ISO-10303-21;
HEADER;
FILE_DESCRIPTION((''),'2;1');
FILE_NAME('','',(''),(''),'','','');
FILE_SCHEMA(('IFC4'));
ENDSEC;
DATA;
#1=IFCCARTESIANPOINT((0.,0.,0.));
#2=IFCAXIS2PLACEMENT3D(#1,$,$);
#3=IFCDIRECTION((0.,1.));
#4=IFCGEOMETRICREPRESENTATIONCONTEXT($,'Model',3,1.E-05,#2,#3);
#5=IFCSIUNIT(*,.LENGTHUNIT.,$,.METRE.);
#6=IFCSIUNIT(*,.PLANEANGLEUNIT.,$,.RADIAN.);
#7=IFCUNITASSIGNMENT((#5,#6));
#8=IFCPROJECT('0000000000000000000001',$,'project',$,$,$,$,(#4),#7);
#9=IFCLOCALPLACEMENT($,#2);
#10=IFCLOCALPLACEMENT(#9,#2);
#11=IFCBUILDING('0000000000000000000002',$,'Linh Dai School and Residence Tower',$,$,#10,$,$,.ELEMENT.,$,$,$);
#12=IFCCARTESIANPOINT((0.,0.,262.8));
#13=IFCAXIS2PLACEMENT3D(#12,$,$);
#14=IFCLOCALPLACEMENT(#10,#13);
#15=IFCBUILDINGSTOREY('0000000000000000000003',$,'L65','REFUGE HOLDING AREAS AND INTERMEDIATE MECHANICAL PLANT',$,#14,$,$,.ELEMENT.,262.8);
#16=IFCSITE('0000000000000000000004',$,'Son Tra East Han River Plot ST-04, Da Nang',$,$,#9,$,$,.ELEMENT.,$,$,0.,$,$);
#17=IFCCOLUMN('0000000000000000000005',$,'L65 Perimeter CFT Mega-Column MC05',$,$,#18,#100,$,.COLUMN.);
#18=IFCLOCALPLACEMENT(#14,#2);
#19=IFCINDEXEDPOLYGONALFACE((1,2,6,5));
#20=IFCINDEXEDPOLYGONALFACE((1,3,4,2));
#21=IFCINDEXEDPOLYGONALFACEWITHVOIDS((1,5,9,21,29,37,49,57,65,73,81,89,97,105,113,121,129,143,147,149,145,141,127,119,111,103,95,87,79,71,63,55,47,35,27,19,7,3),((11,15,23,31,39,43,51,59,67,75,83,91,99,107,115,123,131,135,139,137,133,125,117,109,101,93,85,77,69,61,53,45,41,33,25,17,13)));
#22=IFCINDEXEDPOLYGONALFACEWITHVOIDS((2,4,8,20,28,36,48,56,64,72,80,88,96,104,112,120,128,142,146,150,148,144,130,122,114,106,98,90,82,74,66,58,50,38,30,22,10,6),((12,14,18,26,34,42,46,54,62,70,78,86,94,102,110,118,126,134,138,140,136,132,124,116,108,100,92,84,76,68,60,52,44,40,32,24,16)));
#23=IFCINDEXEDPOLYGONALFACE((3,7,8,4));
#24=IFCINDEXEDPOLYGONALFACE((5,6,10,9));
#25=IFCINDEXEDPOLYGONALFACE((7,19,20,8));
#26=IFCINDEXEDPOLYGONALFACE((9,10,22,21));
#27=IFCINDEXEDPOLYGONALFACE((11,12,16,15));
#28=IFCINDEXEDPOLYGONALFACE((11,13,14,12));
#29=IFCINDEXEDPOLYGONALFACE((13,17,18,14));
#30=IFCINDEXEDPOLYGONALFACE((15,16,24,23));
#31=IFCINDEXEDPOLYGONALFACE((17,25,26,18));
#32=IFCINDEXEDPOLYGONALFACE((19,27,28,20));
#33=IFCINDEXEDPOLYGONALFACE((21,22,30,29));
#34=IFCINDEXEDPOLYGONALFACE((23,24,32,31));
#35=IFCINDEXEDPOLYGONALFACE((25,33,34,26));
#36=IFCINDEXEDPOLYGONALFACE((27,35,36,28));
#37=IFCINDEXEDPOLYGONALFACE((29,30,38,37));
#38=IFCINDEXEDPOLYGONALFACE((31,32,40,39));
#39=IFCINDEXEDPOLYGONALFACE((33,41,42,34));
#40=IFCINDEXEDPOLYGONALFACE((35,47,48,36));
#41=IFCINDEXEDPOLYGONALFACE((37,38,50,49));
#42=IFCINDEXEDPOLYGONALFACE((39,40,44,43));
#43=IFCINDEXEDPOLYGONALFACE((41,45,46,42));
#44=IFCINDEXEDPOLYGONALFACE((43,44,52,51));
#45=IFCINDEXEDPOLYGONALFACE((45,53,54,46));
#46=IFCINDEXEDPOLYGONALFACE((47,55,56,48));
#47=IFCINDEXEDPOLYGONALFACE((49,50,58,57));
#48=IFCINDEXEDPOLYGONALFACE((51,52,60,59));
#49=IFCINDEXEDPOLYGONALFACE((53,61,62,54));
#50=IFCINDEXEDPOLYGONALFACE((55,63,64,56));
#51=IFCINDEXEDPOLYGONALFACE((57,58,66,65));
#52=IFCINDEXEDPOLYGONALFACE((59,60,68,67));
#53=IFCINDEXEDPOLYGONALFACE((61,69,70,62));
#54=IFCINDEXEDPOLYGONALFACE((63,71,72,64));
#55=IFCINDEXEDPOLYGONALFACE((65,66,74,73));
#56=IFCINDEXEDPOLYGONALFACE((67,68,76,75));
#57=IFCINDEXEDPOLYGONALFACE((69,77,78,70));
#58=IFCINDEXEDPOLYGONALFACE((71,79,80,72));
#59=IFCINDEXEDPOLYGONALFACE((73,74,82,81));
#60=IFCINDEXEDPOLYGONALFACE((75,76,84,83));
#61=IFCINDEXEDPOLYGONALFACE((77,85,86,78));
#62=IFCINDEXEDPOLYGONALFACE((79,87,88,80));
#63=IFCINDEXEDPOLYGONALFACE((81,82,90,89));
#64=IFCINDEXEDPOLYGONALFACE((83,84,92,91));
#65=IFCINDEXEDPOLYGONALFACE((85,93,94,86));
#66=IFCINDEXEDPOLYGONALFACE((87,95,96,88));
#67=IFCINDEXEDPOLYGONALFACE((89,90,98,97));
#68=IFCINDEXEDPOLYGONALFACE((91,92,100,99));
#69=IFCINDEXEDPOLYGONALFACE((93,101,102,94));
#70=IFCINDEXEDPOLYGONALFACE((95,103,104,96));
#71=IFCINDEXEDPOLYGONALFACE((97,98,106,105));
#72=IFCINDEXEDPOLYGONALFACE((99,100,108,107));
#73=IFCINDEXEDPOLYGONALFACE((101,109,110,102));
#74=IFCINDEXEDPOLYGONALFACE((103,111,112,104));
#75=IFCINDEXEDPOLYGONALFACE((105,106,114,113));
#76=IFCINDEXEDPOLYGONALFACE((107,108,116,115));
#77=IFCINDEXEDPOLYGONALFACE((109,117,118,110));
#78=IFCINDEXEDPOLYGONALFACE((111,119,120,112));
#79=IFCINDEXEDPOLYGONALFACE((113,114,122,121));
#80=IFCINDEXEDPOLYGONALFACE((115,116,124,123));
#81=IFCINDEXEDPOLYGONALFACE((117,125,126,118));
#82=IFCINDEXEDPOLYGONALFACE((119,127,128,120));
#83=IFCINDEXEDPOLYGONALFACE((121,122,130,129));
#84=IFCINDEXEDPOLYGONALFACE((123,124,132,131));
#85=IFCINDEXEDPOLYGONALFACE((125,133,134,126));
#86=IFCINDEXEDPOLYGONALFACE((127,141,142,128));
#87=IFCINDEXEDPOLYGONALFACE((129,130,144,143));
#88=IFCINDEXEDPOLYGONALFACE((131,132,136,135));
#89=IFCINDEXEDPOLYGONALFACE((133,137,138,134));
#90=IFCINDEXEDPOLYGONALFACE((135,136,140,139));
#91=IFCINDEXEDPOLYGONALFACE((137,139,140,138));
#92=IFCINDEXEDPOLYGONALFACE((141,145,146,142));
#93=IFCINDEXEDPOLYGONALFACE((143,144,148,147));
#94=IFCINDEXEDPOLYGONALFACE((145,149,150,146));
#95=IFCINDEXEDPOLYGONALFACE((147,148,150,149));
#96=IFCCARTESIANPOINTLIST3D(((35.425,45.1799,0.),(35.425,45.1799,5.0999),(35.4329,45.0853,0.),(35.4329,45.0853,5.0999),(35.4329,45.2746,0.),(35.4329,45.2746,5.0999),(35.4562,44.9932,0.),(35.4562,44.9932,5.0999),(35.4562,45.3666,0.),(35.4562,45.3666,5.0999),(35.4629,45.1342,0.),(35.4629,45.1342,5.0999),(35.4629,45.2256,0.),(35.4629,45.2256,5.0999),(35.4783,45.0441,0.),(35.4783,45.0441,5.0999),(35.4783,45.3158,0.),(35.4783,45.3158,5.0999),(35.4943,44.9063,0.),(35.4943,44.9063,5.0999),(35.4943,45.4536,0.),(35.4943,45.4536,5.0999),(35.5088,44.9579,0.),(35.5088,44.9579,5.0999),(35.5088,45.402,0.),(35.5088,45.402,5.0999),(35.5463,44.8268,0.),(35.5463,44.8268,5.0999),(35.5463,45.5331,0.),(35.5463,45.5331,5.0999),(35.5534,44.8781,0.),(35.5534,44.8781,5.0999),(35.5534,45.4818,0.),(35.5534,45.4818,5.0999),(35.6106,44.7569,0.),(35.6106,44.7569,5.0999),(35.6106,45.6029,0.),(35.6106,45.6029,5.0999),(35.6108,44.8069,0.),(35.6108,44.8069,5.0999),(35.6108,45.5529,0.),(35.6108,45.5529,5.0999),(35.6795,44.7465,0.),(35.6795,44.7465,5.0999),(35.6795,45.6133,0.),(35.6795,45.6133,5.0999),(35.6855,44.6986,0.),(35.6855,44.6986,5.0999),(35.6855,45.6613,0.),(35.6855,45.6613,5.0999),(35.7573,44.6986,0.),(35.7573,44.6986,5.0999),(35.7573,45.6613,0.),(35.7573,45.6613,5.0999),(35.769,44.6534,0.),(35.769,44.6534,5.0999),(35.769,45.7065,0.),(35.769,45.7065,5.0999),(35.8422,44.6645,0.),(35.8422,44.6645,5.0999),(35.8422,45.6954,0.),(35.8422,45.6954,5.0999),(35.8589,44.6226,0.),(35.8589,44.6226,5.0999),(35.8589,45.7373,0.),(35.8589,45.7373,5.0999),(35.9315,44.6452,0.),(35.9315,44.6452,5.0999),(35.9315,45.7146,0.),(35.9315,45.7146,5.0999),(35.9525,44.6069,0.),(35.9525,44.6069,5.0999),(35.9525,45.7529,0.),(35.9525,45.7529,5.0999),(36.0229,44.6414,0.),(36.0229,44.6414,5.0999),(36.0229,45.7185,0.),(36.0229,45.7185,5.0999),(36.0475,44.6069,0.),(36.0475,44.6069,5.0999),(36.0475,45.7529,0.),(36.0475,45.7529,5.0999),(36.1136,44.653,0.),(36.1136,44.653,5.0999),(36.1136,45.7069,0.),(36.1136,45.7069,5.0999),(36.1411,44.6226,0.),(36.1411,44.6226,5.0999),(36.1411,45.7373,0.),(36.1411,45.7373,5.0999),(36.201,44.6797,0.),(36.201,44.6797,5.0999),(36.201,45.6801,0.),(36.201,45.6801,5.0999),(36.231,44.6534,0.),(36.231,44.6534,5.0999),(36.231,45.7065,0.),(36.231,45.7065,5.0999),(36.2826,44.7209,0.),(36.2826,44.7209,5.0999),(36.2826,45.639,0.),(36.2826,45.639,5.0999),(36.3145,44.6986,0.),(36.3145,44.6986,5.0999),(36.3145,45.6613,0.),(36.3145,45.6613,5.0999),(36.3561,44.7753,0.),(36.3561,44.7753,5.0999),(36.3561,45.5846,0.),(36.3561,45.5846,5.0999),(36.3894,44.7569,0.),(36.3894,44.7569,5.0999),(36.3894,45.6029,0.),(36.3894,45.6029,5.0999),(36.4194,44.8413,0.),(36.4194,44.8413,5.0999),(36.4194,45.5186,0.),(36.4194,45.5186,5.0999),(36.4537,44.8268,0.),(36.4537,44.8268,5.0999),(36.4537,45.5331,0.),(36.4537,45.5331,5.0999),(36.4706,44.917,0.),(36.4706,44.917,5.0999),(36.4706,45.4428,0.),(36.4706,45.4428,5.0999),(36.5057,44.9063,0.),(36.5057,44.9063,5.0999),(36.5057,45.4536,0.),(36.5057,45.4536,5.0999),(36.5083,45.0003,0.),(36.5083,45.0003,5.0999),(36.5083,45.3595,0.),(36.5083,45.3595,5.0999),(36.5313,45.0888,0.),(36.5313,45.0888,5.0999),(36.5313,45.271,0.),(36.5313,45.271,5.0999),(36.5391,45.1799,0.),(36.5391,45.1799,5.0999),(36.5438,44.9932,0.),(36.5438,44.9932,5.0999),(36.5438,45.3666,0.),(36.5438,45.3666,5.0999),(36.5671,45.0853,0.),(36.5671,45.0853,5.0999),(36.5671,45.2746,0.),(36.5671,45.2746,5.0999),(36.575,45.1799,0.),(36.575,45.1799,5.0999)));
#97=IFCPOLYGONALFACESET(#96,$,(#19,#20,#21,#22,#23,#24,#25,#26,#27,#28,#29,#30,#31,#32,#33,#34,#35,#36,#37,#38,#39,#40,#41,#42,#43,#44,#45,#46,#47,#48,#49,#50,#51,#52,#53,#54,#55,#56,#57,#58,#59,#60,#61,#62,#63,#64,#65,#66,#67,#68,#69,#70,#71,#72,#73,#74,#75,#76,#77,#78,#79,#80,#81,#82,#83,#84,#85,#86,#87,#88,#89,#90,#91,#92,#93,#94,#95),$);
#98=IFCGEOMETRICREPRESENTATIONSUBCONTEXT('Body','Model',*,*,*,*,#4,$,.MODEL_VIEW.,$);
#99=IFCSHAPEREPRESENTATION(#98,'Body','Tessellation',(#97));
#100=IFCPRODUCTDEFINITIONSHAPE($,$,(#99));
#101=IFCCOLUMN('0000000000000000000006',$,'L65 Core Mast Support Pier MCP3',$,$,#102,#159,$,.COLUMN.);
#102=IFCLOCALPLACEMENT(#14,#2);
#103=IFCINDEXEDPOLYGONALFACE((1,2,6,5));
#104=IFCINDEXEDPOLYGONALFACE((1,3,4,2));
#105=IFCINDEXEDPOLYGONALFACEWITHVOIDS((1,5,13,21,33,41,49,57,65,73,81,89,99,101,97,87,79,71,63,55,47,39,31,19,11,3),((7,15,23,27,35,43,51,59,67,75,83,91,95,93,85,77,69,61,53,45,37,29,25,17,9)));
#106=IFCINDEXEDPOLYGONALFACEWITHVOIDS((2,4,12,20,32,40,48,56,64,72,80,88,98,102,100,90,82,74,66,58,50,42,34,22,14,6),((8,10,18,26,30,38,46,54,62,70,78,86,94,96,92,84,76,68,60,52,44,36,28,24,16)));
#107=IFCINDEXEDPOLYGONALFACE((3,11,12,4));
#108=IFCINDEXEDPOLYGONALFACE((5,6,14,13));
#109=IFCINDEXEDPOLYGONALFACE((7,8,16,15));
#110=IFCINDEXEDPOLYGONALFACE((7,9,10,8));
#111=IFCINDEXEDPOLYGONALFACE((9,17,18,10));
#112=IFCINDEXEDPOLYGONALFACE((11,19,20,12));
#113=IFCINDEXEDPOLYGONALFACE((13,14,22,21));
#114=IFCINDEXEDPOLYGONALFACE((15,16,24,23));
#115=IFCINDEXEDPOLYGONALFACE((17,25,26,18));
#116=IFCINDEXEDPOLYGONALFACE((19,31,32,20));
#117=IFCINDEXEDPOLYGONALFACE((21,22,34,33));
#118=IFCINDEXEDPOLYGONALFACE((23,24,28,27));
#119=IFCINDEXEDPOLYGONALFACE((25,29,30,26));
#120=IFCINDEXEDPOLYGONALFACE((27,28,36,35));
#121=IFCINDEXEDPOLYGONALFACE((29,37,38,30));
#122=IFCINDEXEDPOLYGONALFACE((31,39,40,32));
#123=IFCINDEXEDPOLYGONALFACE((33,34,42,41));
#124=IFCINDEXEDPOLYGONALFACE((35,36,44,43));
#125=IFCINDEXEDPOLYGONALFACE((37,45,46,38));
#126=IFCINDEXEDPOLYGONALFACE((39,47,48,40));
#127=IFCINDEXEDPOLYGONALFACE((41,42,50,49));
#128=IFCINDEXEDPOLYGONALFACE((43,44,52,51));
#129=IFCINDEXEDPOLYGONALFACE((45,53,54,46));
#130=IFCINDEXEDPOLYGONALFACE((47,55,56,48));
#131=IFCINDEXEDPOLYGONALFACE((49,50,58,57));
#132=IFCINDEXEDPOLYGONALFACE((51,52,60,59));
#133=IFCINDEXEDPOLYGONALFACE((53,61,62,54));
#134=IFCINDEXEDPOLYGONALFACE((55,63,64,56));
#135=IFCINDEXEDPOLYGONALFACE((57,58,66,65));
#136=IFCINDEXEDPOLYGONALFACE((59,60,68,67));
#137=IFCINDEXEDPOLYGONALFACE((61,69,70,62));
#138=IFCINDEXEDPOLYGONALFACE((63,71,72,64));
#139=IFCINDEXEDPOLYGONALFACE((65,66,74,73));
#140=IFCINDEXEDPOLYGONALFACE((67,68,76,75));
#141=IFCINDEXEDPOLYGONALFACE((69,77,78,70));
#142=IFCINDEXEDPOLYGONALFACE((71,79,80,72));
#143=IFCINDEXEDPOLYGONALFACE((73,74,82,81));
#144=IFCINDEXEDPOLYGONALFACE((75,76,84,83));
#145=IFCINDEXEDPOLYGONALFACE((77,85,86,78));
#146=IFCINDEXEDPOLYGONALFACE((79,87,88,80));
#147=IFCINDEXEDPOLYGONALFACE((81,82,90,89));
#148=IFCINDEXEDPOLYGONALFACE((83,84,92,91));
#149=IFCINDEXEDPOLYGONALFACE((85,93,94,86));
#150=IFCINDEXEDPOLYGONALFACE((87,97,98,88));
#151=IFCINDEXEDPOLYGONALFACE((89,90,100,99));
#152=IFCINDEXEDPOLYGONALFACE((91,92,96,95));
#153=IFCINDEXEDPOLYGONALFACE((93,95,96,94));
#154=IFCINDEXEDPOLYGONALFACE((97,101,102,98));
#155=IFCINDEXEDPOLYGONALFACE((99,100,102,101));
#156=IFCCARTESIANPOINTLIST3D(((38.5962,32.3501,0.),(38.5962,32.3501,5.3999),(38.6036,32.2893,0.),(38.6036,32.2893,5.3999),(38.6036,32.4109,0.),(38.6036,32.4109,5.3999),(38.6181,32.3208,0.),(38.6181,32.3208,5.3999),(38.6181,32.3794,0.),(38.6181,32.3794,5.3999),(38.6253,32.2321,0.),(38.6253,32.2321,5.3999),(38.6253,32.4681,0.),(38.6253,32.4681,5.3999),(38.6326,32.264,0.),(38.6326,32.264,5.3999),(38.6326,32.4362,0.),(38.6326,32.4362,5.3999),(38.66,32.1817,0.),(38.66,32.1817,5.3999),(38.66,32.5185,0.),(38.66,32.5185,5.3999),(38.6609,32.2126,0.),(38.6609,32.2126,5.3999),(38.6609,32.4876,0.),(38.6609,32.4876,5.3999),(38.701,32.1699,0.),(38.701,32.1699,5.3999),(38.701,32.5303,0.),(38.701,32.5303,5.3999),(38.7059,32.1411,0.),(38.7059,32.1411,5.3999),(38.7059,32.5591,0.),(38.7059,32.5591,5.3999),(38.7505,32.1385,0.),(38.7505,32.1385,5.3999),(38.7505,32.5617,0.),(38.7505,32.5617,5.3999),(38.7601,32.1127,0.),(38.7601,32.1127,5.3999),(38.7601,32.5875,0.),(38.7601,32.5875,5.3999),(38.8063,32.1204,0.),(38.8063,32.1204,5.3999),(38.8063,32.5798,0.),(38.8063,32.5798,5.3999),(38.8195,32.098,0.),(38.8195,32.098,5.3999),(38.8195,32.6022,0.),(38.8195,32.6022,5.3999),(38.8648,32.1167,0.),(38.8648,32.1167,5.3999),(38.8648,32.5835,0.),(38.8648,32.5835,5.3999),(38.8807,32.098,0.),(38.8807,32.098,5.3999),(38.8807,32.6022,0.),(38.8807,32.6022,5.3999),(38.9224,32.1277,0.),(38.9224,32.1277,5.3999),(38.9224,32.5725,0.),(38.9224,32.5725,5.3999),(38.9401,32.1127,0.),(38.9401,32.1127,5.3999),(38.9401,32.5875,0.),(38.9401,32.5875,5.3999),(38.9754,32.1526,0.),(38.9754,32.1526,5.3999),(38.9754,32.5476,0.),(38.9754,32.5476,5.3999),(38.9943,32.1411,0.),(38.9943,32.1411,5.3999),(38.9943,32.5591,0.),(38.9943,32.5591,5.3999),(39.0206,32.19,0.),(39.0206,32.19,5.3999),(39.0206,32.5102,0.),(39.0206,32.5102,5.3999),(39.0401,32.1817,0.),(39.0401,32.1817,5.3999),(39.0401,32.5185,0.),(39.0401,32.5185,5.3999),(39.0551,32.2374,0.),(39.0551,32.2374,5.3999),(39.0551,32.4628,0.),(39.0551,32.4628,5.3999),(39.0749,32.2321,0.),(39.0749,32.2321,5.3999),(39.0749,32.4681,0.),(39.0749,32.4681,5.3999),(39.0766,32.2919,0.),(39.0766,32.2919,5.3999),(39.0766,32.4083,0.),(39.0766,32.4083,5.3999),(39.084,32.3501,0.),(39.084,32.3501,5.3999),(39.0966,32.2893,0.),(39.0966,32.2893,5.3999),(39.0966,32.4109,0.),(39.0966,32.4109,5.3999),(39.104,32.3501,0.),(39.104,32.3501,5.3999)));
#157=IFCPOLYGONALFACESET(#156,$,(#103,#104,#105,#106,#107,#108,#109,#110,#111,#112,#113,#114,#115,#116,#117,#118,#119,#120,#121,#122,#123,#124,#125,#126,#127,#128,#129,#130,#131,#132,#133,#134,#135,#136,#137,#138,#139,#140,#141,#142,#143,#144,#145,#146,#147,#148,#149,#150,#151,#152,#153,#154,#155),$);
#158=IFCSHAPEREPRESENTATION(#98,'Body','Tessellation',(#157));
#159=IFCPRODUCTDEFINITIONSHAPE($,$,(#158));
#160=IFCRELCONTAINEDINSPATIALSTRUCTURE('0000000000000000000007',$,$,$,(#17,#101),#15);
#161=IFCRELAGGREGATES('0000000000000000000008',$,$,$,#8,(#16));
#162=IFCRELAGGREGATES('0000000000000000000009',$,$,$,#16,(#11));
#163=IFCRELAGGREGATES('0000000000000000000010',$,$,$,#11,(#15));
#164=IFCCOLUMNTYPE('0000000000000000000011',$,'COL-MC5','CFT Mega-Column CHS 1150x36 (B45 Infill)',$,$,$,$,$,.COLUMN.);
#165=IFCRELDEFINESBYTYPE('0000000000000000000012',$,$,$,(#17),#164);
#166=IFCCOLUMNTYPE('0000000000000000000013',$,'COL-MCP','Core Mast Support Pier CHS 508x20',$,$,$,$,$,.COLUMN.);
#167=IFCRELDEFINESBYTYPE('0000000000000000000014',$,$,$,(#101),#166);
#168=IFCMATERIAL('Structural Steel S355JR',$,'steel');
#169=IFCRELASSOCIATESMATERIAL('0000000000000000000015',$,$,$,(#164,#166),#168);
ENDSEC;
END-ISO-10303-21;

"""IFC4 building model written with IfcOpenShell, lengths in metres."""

from ifc_helpers import new_model, si_unit, direction, frame, origin, origin_2d, place, context, subcontext, project, spatial, hollow_circle, extrude, material, material_profile, profile_set, type_object, element, save


model = new_model("IFC4")

# Units and contexts
model_context = context("Model", 3, precision=1e-05, world=origin(), true_north=direction((0.0, 1.0)))
body_context = subcontext(model_context, "Body", "Model", "MODEL_VIEW")
ifc_project = project(units=[si_unit("LENGTHUNIT", "METRE"), si_unit("PLANEANGLEUNIT", "RADIAN")], contexts=[model_context])

# Site, building, storey
site_placement = place(None, origin())
site = spatial("IfcSite", under=ifc_project, at=site_placement, Name="Son Tra East Han River Plot ST-04, Da Nang", CompositionType="ELEMENT", RefElevation=0.0)
building_placement = place(site_placement, origin())
building = spatial("IfcBuilding", under=site, at=building_placement, Name="Linh Dai School and Residence Tower", CompositionType="ELEMENT")
storey_placement = place(building_placement, frame((0.0, 0.0, 262.8)))
storey = spatial("IfcBuildingStorey", under=building, at=storey_placement, Name="L65", Description="REFUGE HOLDING AREAS AND INTERMEDIATE MECHANICAL PLANT", CompositionType="ELEMENT", Elevation=262.8)

# Columns
ifc_material_1 = material(Name="Structural Steel S355JR", Category="steel")
ifc_material_profile_1 = material_profile(ifc_material_1, hollow_circle(Radius=0.575, WallThickness=0.0359, at=origin_2d()), Name="CHS 1150x36")
ifc_profile_set_1 = profile_set([ifc_material_profile_1], Name="Structural Steel S355JR")
column_type_1 = type_object("IfcColumnType", Name="COL-MC5", Description="CFT Mega-Column CHS 1150x36 (B45 Infill)", PredefinedType="COLUMN", material=ifc_profile_set_1)
column_1_placement = place(storey_placement, frame((36.0, 45.1799, 0.0), z_axis=(0.0, 0.0, 1.0), x_axis=(1.0, 0.0, 0.0)))
element("IfcColumn", 1, at=column_1_placement, inside=storey, type_object=column_type_1, Name="L65 Perimeter CFT Mega-Column MC05", PredefinedType="COLUMN", context=body_context, shape_type="SweptSolid", body=[
    extrude(hollow_circle(Radius=0.575, WallThickness=0.0359, at=origin_2d()), origin(), (0.0, 0.0, 1.0), 5.0999),
])
ifc_material_profile_2 = material_profile(ifc_material_1, hollow_circle(Radius=0.2539, WallThickness=0.02, at=origin_2d()), Name="CHS 508x20")
ifc_profile_set_2 = profile_set([ifc_material_profile_2], Name="Structural Steel S355JR")
column_type_2 = type_object("IfcColumnType", Name="COL-MCP", Description="Core Mast Support Pier CHS 508x20", PredefinedType="COLUMN", material=ifc_profile_set_2)
column_2_placement = place(storey_placement, frame((38.8501, 32.3501, 0.0), z_axis=(0.0, 0.0, 1.0), x_axis=(1.0, 0.0, 0.0)))
element("IfcColumn", 2, at=column_2_placement, inside=storey, type_object=column_type_2, Name="L65 Core Mast Support Pier MCP3", PredefinedType="COLUMN", context=body_context, shape_type="SweptSolid", body=[
    extrude(hollow_circle(Radius=0.2539, WallThickness=0.02, at=origin_2d()), origin(), (0.0, 0.0, 1.0), 5.3999),
])

save(model, "model.ifc")
